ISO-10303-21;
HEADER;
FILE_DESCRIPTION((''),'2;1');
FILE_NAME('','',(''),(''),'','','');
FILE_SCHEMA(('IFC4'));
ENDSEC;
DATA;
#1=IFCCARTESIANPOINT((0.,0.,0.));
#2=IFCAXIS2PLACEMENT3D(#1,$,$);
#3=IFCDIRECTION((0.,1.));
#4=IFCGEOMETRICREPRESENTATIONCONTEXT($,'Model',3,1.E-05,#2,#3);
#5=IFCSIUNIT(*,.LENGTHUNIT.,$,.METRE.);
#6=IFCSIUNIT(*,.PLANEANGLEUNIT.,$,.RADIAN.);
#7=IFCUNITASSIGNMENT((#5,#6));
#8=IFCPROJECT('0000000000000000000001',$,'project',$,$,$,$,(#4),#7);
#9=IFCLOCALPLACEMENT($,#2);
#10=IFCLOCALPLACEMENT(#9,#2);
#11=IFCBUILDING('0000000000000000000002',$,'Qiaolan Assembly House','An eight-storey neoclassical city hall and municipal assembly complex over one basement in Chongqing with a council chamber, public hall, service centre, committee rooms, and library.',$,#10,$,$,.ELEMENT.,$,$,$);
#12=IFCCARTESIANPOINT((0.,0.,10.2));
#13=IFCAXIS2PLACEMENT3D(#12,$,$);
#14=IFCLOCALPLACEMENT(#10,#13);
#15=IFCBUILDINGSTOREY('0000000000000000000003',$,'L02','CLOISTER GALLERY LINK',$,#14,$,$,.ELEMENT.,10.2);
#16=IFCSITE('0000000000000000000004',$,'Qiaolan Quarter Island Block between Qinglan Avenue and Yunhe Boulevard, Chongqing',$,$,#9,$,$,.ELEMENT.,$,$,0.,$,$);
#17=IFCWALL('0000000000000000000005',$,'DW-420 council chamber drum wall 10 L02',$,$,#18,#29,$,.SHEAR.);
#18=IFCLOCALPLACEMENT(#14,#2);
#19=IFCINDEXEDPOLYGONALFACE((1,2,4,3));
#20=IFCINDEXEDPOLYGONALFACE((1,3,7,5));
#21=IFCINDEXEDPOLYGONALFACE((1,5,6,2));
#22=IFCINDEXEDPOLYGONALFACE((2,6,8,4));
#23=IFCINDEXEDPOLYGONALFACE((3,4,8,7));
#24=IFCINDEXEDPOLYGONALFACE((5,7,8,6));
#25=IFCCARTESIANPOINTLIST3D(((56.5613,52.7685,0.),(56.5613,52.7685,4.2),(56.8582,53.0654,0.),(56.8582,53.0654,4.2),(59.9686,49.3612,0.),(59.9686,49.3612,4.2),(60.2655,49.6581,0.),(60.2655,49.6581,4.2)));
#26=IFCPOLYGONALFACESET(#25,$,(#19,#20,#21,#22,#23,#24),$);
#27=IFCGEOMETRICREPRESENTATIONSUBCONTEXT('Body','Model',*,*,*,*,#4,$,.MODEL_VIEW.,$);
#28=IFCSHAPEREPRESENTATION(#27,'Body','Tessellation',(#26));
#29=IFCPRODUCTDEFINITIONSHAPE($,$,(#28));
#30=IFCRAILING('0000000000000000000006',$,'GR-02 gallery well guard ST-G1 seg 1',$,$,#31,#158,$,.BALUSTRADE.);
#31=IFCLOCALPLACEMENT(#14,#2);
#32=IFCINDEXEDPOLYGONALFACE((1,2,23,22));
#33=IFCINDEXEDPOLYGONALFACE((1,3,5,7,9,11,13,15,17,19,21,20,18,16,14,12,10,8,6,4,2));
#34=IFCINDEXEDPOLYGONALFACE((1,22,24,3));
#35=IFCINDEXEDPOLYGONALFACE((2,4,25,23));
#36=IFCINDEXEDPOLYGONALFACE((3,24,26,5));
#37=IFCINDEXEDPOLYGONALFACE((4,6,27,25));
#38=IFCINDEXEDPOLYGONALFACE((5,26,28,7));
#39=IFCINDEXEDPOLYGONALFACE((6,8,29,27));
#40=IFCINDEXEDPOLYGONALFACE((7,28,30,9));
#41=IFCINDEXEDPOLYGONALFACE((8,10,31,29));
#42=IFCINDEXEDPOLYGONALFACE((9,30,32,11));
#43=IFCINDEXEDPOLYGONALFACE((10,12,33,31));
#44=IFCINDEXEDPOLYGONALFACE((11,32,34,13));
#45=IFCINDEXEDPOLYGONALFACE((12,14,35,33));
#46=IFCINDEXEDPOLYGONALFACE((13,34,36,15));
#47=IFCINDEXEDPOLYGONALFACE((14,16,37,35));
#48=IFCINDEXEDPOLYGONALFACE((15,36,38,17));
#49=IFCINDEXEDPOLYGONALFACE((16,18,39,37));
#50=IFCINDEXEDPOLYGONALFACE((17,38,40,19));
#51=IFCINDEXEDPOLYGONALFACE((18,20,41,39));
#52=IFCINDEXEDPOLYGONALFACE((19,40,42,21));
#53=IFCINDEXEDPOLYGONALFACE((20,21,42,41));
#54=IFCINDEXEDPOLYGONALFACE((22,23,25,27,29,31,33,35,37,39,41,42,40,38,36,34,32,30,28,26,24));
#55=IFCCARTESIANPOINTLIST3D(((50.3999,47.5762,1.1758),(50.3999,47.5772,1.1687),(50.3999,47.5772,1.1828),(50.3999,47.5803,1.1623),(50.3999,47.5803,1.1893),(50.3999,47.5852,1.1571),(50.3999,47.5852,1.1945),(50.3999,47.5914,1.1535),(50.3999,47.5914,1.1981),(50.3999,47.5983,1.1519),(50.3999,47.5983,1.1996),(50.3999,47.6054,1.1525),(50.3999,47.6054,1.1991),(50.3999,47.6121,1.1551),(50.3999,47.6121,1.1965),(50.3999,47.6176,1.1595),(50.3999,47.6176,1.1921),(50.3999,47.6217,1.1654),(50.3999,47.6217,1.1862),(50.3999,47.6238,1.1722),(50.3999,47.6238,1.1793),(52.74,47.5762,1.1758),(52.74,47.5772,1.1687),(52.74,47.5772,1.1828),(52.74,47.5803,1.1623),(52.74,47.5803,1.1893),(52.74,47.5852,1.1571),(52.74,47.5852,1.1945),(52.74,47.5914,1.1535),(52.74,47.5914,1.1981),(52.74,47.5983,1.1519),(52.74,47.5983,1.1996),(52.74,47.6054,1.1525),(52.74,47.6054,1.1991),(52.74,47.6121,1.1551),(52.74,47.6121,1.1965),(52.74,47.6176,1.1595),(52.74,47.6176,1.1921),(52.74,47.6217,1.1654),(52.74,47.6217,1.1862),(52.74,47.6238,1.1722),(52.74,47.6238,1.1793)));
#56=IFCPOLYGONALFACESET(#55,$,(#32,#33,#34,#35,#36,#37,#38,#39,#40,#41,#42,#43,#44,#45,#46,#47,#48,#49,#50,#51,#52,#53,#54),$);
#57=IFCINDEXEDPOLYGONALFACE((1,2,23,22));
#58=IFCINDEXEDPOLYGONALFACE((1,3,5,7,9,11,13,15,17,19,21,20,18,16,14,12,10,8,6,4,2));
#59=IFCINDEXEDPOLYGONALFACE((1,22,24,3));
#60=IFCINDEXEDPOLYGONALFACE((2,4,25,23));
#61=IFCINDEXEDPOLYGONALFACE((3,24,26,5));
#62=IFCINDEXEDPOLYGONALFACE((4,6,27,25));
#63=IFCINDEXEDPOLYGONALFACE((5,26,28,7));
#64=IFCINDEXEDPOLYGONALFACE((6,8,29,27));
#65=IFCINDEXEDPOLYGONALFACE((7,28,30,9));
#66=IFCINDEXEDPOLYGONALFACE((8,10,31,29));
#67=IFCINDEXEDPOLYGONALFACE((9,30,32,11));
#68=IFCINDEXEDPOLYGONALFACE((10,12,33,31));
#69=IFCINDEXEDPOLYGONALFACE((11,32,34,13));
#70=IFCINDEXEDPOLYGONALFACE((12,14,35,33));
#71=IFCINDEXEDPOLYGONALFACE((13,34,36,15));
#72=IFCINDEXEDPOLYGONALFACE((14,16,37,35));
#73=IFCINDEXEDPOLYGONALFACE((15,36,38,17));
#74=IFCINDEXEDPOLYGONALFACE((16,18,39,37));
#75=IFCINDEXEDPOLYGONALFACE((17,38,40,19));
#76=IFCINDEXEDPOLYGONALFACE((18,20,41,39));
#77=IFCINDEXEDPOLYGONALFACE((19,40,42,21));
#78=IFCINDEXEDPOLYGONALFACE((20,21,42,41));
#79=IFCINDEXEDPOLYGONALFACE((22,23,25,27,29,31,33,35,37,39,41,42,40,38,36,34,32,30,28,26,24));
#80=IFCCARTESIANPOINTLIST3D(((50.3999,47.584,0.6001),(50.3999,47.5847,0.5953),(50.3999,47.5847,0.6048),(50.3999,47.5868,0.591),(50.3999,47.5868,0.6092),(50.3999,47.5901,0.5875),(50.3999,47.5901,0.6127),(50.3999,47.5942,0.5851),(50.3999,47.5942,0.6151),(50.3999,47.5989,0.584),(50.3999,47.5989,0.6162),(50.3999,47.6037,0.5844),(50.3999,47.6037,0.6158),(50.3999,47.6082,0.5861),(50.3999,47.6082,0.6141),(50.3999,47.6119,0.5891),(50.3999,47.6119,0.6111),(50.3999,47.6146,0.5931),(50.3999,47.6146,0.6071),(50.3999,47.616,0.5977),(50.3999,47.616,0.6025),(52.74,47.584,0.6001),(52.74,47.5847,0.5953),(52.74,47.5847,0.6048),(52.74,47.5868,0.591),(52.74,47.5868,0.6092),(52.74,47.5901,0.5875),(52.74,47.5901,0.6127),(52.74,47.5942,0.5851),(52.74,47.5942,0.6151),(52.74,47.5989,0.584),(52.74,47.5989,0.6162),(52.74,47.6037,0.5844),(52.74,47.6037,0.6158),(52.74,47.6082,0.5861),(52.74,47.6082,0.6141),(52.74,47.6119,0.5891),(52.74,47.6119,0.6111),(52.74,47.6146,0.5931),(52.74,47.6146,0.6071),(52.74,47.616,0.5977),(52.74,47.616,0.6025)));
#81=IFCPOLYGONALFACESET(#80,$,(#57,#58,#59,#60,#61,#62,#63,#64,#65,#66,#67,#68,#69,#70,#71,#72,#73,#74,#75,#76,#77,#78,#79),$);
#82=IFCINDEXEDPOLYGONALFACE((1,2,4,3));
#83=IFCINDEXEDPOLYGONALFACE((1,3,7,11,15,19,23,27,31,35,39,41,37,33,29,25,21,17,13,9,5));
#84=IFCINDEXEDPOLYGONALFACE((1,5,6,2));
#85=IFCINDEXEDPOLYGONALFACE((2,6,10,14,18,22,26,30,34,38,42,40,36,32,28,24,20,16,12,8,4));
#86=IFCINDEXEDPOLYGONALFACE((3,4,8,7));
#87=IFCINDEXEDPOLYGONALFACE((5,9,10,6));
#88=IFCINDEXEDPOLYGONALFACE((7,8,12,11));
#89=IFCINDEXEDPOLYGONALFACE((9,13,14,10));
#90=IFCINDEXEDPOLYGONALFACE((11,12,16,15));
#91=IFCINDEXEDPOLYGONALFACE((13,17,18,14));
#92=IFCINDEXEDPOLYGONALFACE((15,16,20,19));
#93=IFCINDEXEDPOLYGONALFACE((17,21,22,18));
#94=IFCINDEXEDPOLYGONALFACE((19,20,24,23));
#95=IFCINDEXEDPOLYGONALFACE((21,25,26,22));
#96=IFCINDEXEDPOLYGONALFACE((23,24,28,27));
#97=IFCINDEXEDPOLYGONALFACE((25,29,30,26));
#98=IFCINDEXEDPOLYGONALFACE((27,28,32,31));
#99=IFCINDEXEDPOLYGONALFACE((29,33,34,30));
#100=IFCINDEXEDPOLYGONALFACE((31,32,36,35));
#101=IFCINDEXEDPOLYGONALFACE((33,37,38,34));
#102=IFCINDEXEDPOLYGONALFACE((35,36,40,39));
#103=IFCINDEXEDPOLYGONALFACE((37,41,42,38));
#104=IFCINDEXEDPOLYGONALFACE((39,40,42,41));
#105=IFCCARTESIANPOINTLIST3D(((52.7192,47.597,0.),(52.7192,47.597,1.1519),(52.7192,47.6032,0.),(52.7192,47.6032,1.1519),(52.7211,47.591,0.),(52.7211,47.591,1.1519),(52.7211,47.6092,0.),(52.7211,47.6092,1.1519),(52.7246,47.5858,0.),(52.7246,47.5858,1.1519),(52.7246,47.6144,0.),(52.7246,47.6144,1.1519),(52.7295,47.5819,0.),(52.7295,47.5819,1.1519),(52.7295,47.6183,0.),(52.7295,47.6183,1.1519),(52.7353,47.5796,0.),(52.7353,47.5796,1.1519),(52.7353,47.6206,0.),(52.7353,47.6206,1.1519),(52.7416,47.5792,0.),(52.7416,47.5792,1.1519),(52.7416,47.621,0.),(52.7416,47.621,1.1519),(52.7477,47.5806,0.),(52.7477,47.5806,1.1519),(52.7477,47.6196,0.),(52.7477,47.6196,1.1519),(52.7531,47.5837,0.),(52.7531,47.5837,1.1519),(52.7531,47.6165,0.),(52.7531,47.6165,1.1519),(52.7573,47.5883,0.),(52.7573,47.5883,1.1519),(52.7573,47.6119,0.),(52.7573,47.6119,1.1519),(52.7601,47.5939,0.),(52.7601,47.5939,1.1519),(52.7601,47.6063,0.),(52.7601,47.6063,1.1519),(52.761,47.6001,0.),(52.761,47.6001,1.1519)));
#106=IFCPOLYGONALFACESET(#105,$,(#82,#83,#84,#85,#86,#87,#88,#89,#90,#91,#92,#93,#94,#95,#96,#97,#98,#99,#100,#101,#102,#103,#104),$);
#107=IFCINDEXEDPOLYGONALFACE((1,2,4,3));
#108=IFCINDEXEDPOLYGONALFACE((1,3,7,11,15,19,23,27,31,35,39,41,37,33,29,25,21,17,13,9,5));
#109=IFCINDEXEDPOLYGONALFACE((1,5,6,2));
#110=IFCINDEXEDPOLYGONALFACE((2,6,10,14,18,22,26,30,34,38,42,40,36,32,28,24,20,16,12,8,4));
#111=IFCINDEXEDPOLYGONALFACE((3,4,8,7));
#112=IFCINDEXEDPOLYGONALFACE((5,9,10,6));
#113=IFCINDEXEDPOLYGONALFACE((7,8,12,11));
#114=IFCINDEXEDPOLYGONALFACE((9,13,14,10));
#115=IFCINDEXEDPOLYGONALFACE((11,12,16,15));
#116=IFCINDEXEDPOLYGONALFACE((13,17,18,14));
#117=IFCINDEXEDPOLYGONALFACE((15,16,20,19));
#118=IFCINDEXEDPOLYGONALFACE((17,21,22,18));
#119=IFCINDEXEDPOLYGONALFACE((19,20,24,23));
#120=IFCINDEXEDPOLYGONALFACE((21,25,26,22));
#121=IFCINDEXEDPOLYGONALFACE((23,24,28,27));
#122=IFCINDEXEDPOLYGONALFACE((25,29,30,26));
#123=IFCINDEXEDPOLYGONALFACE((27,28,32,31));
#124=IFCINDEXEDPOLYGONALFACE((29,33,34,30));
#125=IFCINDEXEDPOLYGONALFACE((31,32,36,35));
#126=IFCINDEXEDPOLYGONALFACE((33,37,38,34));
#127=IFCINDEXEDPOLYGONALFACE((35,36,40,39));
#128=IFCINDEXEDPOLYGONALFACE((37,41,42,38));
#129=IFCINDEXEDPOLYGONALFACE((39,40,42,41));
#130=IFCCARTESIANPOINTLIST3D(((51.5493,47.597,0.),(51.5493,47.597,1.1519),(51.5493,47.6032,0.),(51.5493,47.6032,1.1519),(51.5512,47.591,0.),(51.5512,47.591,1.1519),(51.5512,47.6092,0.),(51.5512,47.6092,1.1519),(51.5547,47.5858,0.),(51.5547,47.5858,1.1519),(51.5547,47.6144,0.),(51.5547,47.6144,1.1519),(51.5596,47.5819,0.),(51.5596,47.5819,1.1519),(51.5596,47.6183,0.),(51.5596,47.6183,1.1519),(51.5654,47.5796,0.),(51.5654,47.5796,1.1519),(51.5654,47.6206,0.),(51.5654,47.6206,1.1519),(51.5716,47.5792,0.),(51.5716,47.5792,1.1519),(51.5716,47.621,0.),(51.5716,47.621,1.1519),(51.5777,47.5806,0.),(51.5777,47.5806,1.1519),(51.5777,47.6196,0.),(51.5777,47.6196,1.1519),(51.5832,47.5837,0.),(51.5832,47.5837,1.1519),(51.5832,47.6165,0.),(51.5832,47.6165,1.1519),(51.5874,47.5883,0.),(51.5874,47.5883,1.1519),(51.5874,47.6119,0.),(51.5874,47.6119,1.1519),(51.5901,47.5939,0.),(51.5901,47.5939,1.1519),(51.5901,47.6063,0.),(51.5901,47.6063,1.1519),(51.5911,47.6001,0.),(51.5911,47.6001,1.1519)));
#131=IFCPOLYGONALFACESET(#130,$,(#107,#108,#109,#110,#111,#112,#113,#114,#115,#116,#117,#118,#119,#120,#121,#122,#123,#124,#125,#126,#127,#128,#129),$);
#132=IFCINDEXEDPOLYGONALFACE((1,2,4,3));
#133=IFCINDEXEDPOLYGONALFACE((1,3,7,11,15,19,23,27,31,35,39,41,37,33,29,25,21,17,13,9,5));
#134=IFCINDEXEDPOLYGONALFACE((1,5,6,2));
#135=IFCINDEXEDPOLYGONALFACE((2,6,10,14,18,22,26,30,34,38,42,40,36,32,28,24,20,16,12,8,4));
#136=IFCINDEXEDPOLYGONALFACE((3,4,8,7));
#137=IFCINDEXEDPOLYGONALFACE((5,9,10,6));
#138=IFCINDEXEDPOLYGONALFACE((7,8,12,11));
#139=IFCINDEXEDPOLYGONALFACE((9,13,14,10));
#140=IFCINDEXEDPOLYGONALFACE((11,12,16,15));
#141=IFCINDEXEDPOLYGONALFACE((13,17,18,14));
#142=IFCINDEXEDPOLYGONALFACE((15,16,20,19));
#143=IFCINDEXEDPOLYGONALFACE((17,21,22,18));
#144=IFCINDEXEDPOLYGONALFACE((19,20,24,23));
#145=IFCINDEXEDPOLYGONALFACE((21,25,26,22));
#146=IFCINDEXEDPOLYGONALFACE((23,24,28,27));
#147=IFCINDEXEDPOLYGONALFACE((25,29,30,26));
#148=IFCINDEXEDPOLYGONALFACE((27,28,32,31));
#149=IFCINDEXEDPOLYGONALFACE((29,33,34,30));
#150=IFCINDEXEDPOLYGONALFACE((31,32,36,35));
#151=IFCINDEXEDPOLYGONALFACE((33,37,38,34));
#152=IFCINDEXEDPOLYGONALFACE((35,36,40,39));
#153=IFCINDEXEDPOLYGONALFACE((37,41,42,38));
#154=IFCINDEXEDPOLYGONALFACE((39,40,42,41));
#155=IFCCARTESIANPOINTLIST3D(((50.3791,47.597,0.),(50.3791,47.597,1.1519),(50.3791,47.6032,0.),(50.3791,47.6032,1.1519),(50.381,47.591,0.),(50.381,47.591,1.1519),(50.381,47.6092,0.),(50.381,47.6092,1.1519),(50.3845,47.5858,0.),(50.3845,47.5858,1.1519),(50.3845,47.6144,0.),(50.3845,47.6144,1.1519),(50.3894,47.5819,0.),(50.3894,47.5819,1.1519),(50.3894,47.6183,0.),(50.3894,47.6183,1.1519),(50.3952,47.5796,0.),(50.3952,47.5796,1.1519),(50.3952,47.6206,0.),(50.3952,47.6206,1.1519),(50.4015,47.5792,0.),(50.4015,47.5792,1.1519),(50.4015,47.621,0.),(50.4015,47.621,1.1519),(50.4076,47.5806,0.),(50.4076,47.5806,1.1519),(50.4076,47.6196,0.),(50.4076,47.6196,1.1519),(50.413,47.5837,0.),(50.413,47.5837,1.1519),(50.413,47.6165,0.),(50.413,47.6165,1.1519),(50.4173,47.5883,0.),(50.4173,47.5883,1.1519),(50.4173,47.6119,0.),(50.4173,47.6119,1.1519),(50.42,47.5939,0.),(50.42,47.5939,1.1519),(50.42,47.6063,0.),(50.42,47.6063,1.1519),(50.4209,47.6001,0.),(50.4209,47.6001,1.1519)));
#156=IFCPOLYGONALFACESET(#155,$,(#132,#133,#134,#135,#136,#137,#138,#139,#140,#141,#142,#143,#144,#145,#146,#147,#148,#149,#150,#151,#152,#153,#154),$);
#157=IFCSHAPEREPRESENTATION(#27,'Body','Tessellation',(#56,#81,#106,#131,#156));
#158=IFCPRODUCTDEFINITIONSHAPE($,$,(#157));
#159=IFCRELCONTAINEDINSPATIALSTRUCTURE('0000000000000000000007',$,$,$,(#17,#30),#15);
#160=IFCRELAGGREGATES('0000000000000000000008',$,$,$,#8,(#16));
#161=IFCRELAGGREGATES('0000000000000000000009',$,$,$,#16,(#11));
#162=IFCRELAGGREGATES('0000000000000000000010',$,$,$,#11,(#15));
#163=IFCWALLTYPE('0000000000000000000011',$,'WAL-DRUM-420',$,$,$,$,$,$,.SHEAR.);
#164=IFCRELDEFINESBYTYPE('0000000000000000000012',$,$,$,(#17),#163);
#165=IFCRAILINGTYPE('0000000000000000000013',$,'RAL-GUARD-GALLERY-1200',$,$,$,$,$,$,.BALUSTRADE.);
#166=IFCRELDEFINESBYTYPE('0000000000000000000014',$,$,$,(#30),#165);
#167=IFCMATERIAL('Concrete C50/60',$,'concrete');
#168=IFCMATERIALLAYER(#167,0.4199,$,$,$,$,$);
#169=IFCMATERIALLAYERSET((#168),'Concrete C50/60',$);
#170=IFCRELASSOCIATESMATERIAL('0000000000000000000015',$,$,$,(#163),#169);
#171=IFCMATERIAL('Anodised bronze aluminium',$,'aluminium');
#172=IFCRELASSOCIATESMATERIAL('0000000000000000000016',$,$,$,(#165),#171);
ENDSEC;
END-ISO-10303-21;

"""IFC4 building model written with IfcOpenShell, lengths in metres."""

from ifc_helpers import new_model, si_unit, direction, frame, frame_2d, origin, origin_2d, place, context, subcontext, project, spatial, rectangle, circle, extrude, material, layer, layer_set, type_object, element, save


model = new_model("IFC4")

# Units and contexts
model_context = context("Model", 3, precision=1e-05, world=origin(), true_north=direction((0.0, 1.0)))
body_context = subcontext(model_context, "Body", "Model", "MODEL_VIEW")
ifc_project = project(units=[si_unit("LENGTHUNIT", "METRE"), si_unit("PLANEANGLEUNIT", "RADIAN")], contexts=[model_context])

# Site, building, storey
site_placement = place(None, origin())
site = spatial("IfcSite", under=ifc_project, at=site_placement, Name="Qiaolan Quarter Island Block between Qinglan Avenue and Yunhe Boulevard, Chongqing", CompositionType="ELEMENT", RefElevation=0.0)
building_placement = place(site_placement, origin())
building = spatial("IfcBuilding", under=site, at=building_placement, Name="Qiaolan Assembly House", Description="An eight-storey neoclassical city hall and municipal assembly complex over one basement in Chongqing with a council chamber, public hall, service centre, committee rooms, and library.", CompositionType="ELEMENT")
storey_placement = place(building_placement, frame((0.0, 0.0, 10.2)))
storey = spatial("IfcBuildingStorey", under=building, at=storey_placement, Name="L02", Description="CLOISTER GALLERY LINK", CompositionType="ELEMENT", Elevation=10.2)

# Shared definitions
ifc_material_1 = material(Name="Concrete C50/60", Category="concrete")

# Shared definitions
ifc_layer_1 = layer(ifc_material_1, 0.4199)
ifc_layer_set_1 = layer_set([ifc_layer_1], Name="Concrete C50/60")
wall_type = type_object("IfcWallType", Name="WAL-DRUM-420", PredefinedType="SHEAR", material=ifc_layer_set_1)

# Wall
wall_1_placement = place(storey_placement, frame((60.1169, 49.5098, 0.0), z_axis=(0.0, 0.0, 1.0), x_axis=(-0.707107, 0.707107, 0.0)))
element("IfcWall", 1, at=wall_1_placement, inside=storey, type_object=wall_type, Name="DW-420 council chamber drum wall 10 L02", PredefinedType="SHEAR", context=body_context, shape_type="SweptSolid", body=[
    extrude(rectangle(XDim=4.8186, YDim=0.4199, at=frame_2d((2.4092, 0.0))), origin(), (0.0, 0.0, 1.0), 4.2),
])

# Railing
ifc_material_2 = material(Name="Anodised bronze aluminium", Category="aluminium")
railing_type = type_object("IfcRailingType", Name="RAL-GUARD-GALLERY-1200", PredefinedType="BALUSTRADE", material=ifc_material_2)
railing_1_placement = place(storey_placement, frame((52.74, 47.6001, 0.0)))
element("IfcRailing", 2, at=railing_1_placement, inside=storey, type_object=railing_type, Name="GR-02 gallery well guard ST-G1 seg 1", PredefinedType="BALUSTRADE", context=body_context, shape_type="SweptSolid", body=[
    extrude(circle(Radius=0.0239, at=origin_2d()), frame((0.0, 0.0, 1.1758), z_axis=(-1.0, 0.0, 0.0), x_axis=(0.0, -1.0, 0.0)), (0.0, 0.0, 1.0), 2.3401),
    extrude(circle(Radius=0.0161, at=origin_2d()), frame((0.0, 0.0, 0.6001), z_axis=(-1.0, 0.0, 0.0), x_axis=(0.0, -1.0, 0.0)), (0.0, 0.0, 1.0), 2.3401),
    extrude(circle(Radius=0.021, at=origin_2d()), origin(), (0.0, 0.0, 1.0), 1.1519),
    extrude(circle(Radius=0.021, at=origin_2d()), frame((-1.1699, 0.0, 0.0)), (0.0, 0.0, 1.0), 1.1519),
    extrude(circle(Radius=0.021, at=origin_2d()), frame((-2.3401, 0.0, 0.0)), (0.0, 0.0, 1.0), 1.1519),
])

save(model, "model.ifc")
